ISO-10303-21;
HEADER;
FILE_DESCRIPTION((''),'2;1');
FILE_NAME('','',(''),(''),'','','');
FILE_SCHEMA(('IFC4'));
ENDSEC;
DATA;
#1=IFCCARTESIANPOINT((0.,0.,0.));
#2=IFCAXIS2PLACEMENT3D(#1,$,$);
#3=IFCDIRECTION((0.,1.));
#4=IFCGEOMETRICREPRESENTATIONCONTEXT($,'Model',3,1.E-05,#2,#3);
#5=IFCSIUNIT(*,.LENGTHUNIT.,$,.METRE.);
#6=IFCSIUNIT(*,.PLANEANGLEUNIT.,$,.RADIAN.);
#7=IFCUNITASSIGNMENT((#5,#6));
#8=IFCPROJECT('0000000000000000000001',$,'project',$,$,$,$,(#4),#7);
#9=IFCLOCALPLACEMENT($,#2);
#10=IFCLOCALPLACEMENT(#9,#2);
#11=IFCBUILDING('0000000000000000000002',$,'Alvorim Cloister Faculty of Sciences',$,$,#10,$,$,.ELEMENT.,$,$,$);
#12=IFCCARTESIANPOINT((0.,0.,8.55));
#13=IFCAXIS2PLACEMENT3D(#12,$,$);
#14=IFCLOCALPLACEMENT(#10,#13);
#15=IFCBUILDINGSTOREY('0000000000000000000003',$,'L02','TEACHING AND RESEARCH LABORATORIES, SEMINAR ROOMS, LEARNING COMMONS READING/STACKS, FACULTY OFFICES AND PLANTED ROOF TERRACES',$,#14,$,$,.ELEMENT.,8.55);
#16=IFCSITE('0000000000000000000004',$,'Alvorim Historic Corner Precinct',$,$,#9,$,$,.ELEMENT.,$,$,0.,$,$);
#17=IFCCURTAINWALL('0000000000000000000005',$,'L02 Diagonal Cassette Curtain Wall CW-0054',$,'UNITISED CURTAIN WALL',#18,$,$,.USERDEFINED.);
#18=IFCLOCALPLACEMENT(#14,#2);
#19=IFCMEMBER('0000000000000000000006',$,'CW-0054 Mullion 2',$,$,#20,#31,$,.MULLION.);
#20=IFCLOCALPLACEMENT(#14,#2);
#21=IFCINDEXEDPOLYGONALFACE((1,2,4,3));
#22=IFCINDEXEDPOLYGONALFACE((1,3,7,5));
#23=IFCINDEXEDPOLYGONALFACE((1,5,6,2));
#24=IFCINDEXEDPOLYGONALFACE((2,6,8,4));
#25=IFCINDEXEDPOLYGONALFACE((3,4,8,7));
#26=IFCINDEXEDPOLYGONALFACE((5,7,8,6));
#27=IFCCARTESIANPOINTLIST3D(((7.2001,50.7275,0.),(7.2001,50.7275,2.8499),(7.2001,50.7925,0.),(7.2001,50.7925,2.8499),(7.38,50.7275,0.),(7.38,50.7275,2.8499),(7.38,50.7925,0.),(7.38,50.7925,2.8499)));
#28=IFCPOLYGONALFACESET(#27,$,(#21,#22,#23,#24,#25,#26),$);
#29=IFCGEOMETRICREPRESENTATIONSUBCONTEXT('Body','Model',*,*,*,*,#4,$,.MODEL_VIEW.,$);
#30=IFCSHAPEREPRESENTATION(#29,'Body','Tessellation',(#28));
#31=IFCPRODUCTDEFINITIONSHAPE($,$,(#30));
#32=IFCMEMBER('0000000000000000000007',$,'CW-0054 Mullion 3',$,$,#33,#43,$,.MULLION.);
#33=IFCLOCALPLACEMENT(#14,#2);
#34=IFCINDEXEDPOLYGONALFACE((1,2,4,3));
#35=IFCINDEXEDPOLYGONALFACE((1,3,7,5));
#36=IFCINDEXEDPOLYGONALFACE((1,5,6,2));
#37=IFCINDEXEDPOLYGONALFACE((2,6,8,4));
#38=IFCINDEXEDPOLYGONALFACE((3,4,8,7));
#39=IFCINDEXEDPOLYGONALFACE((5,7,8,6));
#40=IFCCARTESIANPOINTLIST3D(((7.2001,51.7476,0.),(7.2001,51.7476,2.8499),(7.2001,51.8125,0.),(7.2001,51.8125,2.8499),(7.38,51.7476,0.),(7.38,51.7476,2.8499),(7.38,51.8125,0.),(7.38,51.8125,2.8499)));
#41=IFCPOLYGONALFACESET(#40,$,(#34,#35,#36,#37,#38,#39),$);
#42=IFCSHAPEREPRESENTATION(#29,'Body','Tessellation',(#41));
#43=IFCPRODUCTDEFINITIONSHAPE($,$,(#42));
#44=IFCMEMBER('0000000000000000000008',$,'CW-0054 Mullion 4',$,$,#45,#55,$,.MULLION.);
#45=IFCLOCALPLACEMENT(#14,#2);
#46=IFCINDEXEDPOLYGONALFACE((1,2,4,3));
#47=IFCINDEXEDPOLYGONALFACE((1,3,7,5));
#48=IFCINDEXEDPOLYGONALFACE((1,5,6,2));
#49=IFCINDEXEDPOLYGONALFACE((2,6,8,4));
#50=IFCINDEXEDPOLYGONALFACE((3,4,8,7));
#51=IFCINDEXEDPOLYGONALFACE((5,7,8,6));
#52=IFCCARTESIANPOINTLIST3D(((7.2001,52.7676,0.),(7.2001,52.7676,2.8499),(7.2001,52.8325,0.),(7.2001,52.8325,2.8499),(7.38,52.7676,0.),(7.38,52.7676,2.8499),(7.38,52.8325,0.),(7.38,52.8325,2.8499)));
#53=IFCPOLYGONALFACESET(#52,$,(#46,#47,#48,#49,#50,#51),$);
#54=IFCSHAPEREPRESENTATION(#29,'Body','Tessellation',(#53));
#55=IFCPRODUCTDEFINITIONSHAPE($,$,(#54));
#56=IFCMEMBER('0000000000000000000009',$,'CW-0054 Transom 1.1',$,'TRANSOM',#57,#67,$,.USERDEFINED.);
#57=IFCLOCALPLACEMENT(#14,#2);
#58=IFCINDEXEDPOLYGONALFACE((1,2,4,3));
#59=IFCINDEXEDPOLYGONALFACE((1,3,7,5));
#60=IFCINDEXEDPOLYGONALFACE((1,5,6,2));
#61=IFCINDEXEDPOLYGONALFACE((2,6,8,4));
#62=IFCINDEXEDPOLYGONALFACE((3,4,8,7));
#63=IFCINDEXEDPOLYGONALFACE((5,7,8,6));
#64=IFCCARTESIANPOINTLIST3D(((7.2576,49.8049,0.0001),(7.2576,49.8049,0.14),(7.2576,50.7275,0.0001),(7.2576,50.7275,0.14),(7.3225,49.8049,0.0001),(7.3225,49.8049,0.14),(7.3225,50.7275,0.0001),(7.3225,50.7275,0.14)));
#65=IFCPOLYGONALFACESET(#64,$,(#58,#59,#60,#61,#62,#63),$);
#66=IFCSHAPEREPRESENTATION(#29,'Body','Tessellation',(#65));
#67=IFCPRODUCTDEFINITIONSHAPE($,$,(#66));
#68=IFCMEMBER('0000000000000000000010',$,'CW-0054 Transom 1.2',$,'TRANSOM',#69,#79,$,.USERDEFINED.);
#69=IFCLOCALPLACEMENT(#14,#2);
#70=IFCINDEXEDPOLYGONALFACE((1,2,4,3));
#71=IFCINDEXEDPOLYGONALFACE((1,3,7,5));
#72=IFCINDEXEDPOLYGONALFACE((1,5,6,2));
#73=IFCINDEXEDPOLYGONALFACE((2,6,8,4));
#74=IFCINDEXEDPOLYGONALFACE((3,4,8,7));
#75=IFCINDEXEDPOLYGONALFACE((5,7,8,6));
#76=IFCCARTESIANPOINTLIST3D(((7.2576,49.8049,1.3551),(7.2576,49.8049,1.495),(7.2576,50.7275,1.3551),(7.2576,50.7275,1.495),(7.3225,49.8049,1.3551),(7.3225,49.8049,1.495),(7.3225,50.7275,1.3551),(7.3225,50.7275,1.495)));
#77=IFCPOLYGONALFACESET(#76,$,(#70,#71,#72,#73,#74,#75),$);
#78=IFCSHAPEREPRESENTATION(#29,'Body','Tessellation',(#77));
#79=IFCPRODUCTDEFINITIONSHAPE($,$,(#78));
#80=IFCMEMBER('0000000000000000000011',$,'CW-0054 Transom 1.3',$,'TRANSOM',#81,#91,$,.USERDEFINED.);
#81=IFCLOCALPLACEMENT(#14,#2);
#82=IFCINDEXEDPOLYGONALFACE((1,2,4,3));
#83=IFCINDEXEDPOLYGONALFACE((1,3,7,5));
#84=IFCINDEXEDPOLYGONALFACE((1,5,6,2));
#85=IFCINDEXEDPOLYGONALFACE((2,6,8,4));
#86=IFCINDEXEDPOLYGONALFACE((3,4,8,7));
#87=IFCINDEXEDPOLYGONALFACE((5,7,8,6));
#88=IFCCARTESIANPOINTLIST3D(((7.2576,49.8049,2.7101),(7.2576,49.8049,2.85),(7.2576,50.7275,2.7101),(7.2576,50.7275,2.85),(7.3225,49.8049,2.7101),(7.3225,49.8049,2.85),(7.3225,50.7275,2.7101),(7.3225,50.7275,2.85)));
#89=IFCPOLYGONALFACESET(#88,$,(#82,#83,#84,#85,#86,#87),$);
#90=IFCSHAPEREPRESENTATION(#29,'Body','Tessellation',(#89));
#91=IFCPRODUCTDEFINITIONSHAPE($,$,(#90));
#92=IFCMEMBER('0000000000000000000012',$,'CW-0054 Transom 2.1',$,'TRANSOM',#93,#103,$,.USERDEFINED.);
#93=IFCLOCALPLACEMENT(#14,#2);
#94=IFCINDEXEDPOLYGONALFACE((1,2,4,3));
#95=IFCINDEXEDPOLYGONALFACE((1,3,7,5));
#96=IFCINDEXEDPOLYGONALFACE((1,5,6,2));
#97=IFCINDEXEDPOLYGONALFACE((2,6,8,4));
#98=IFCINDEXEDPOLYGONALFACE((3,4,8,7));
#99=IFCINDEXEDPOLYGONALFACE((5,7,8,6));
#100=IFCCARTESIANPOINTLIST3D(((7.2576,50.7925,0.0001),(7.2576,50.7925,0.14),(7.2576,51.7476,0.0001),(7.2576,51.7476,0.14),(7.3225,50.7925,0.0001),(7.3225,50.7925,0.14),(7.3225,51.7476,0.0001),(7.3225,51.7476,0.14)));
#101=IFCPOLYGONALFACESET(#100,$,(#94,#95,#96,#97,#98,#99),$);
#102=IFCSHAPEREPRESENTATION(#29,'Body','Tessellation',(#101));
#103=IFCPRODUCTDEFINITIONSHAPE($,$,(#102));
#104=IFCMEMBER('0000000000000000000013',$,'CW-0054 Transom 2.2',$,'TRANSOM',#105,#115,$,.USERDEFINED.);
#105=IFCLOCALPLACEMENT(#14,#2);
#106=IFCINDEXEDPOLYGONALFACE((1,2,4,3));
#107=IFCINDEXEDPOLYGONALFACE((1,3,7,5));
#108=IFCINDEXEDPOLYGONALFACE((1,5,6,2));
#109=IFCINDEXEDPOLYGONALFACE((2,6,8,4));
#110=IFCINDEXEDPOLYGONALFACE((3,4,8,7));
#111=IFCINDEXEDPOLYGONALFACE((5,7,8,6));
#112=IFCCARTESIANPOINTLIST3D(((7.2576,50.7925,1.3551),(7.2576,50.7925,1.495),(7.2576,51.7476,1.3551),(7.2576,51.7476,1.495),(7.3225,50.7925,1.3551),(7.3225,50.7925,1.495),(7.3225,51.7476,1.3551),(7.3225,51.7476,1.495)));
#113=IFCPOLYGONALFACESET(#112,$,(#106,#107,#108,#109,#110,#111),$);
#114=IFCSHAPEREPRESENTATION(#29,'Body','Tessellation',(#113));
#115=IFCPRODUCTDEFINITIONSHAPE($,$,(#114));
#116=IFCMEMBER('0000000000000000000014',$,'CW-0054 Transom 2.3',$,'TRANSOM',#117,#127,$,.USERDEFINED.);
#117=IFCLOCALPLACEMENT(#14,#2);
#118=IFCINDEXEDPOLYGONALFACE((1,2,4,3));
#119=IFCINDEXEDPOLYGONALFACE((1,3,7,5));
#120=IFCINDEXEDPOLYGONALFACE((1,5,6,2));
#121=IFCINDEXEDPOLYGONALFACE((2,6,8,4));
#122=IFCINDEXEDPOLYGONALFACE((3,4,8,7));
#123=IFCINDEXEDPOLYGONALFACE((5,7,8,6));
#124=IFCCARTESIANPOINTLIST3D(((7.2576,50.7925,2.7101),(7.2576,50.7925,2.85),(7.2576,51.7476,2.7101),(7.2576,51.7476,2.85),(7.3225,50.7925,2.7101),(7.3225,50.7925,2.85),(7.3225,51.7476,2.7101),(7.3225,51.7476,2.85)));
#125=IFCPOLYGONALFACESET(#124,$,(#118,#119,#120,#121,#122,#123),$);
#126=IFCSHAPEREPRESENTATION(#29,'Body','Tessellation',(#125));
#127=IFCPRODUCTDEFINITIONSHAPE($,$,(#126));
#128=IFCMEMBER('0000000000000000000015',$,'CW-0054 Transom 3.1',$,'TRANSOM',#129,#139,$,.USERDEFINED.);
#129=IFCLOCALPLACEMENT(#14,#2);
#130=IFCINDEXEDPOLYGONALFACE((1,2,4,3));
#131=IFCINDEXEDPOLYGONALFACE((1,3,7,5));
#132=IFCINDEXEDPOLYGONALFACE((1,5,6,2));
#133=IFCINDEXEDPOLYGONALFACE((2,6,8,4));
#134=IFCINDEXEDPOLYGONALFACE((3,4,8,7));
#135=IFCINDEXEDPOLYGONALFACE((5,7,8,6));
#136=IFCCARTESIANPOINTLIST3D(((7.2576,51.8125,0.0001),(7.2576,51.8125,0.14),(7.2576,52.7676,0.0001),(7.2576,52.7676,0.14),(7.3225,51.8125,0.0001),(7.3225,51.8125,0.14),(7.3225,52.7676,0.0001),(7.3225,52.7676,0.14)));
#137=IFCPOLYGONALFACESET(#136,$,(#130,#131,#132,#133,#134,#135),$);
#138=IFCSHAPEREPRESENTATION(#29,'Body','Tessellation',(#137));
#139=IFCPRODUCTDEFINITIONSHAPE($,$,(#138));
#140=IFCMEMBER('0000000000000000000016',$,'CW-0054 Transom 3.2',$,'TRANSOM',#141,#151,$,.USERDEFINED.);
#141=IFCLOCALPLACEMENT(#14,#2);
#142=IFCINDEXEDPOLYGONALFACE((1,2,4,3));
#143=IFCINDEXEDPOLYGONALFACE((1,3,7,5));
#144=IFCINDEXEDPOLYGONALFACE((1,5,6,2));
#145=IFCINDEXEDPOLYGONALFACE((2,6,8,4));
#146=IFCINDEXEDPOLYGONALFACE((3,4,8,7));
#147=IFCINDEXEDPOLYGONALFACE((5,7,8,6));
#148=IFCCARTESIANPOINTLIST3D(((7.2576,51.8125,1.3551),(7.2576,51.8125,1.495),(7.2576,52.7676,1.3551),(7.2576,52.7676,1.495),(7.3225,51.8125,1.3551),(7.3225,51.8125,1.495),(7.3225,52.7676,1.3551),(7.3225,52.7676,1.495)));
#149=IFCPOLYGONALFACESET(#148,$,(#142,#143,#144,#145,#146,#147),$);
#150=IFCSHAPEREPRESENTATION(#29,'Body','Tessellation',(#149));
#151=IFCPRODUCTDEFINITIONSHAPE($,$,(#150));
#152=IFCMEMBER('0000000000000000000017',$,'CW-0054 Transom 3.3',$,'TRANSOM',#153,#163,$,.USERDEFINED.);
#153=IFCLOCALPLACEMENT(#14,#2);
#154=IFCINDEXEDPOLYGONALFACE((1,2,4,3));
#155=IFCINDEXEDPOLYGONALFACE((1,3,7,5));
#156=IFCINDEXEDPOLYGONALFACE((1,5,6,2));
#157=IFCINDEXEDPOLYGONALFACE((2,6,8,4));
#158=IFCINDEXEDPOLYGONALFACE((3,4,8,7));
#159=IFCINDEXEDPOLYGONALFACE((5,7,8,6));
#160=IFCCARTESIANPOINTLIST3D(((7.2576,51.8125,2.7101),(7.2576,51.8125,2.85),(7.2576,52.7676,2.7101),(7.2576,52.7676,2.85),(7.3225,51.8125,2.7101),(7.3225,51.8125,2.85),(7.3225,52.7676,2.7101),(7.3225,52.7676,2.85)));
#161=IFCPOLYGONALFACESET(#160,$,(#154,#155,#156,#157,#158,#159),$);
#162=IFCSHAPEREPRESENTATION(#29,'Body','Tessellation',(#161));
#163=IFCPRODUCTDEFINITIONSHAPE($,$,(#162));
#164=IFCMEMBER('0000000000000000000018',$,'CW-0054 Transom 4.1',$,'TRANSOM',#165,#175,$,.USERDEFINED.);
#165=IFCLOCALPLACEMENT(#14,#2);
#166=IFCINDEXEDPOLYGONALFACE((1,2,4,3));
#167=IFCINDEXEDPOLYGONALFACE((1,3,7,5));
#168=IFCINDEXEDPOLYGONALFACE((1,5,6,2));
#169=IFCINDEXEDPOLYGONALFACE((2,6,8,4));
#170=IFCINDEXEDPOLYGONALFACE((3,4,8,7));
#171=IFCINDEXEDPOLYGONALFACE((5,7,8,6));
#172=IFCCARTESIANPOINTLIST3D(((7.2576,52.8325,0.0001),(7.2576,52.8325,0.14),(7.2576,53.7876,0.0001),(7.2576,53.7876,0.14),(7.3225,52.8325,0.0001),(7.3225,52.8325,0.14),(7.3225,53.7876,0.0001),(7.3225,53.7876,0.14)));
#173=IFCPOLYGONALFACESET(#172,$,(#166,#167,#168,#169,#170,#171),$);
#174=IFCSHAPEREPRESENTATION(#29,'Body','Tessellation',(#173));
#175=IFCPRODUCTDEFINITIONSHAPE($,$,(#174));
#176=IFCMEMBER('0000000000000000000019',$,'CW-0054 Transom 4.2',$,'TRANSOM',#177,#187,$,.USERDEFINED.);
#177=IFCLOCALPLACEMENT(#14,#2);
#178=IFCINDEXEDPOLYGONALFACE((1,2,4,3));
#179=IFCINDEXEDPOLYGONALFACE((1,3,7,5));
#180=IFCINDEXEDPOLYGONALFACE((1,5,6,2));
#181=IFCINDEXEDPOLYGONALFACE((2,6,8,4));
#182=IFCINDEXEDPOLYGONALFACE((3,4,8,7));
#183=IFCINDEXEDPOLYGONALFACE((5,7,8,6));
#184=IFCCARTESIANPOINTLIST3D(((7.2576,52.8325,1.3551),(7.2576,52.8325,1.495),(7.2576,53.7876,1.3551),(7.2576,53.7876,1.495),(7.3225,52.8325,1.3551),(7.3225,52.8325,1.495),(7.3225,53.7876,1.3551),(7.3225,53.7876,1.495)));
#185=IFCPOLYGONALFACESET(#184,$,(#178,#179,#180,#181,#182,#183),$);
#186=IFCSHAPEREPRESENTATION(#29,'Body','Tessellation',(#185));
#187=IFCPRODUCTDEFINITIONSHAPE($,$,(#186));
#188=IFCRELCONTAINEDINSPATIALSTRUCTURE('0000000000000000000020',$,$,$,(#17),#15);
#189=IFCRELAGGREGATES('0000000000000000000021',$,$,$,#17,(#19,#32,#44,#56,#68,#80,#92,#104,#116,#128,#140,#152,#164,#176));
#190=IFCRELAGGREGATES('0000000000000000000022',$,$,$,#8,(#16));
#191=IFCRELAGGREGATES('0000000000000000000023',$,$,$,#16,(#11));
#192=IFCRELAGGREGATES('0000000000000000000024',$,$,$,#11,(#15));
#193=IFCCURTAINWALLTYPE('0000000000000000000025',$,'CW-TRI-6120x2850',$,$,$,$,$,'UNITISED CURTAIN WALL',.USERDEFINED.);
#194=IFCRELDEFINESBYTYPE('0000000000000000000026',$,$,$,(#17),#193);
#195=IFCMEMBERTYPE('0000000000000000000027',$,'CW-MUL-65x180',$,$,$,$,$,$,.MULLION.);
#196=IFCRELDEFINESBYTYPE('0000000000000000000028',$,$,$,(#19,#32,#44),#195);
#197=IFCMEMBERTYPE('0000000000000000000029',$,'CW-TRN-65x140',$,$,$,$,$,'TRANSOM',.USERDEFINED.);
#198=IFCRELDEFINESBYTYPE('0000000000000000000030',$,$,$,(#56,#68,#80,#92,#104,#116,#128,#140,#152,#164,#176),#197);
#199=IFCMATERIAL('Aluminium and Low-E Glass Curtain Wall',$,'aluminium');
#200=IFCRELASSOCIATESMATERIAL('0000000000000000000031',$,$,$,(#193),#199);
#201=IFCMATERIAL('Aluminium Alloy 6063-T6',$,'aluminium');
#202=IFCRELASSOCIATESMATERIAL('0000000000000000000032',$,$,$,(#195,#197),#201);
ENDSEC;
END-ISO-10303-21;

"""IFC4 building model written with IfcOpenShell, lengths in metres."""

from ifc_helpers import new_model, si_unit, direction, frame, origin, origin_2d, place, context, subcontext, project, spatial, rectangle, extrude, material, material_profile, profile_set, type_object, element, aggregate, save


model = new_model("IFC4")

# Units and contexts
model_context = context("Model", 3, precision=1e-05, world=origin(), true_north=direction((0.0, 1.0)))
body_context = subcontext(model_context, "Body", "Model", "MODEL_VIEW")
ifc_project = project(units=[si_unit("LENGTHUNIT", "METRE"), si_unit("PLANEANGLEUNIT", "RADIAN")], contexts=[model_context])

# Site, building, storey
site_placement = place(None, origin())
site = spatial("IfcSite", under=ifc_project, at=site_placement, Name="Alvorim Historic Corner Precinct", CompositionType="ELEMENT", RefElevation=0.0)
building_placement = place(site_placement, origin())
building = spatial("IfcBuilding", under=site, at=building_placement, Name="Alvorim Cloister Faculty of Sciences", CompositionType="ELEMENT")
storey_placement = place(building_placement, frame((0.0, 0.0, 8.55)))
storey = spatial("IfcBuildingStorey", under=building, at=storey_placement, Name="L02", Description="TEACHING AND RESEARCH LABORATORIES, SEMINAR ROOMS, LEARNING COMMONS READING/STACKS, FACULTY OFFICES AND PLANTED ROOF TERRACES", CompositionType="ELEMENT", Elevation=8.55)

# Curtain wall, members
ifc_material_1 = material(Name="Aluminium and Low-E Glass Curtain Wall", Category="aluminium")
curtain_wall_type = type_object("IfcCurtainWallType", Name="CW-TRI-6120x2850", ElementType="UNITISED CURTAIN WALL", PredefinedType="USERDEFINED", material=ifc_material_1)
curtain_wall_placement = place(storey_placement, origin())
curtain_wall = element("IfcCurtainWall", 1, at=curtain_wall_placement, inside=storey, type_object=curtain_wall_type, Name="L02 Diagonal Cassette Curtain Wall CW-0054", ObjectType="UNITISED CURTAIN WALL", PredefinedType="USERDEFINED")
ifc_material_2 = material(Name="Aluminium Alloy 6063-T6", Category="aluminium")
ifc_material_profile_1 = material_profile(ifc_material_2, rectangle(XDim=0.0649, YDim=0.1799, at=origin_2d()), Name="ALU-MUL-65x180")
ifc_profile_set_1 = profile_set([ifc_material_profile_1], Name="Aluminium Alloy 6063-T6")
member_type_1 = type_object("IfcMemberType", Name="CW-MUL-65x180", PredefinedType="MULLION", material=ifc_profile_set_1)
member_1_placement = place(storey_placement, frame((7.29, 50.76, 0.0), z_axis=(0.0, 0.0, 1.0), x_axis=(0.0, 1.0, 0.0)))
member_1 = element("IfcMember", 2, at=member_1_placement, type_object=member_type_1, Name="CW-0054 Mullion 2", PredefinedType="MULLION", context=body_context, shape_type="SweptSolid", body=[
    extrude(rectangle(XDim=0.0649, YDim=0.1799, at=origin_2d()), origin(), (0.0, 0.0, 1.0), 2.8499),
])
member_2_placement = place(storey_placement, frame((7.29, 51.78, 0.0), z_axis=(0.0, 0.0, 1.0), x_axis=(0.0, 1.0, 0.0)))
member_2 = element("IfcMember", 3, at=member_2_placement, type_object=member_type_1, Name="CW-0054 Mullion 3", PredefinedType="MULLION", context=body_context, shape_type="SweptSolid", body=[
    extrude(rectangle(XDim=0.0649, YDim=0.1799, at=origin_2d()), origin(), (0.0, 0.0, 1.0), 2.8499),
])
member_3_placement = place(storey_placement, frame((7.29, 52.8, 0.0), z_axis=(0.0, 0.0, 1.0), x_axis=(0.0, 1.0, 0.0)))
member_3 = element("IfcMember", 4, at=member_3_placement, type_object=member_type_1, Name="CW-0054 Mullion 4", PredefinedType="MULLION", context=body_context, shape_type="SweptSolid", body=[
    extrude(rectangle(XDim=0.0649, YDim=0.1799, at=origin_2d()), origin(), (0.0, 0.0, 1.0), 2.8499),
])
ifc_material_profile_2 = material_profile(ifc_material_2, rectangle(XDim=0.0649, YDim=0.1399, at=origin_2d()), Name="ALU-TRN-65x140")
ifc_profile_set_2 = profile_set([ifc_material_profile_2], Name="Aluminium Alloy 6063-T6")
member_type_2 = type_object("IfcMemberType", Name="CW-TRN-65x140", ElementType="TRANSOM", PredefinedType="USERDEFINED", material=ifc_profile_set_2)
member_4_placement = place(storey_placement, frame((7.29, 49.8049, 0.0701), z_axis=(0.0, 1.0, 0.0), x_axis=(-1.0, 0.0, 0.0)))
member_4 = element("IfcMember", 5, at=member_4_placement, type_object=member_type_2, Name="CW-0054 Transom 1.1", ObjectType="TRANSOM", PredefinedType="USERDEFINED", context=body_context, shape_type="SweptSolid", body=[
    extrude(rectangle(XDim=0.0649, YDim=0.1399, at=origin_2d()), origin(), (0.0, 0.0, 1.0), 0.9226),
])
member_5_placement = place(storey_placement, frame((7.29, 49.8049, 1.425), z_axis=(0.0, 1.0, 0.0), x_axis=(-1.0, 0.0, 0.0)))
member_5 = element("IfcMember", 6, at=member_5_placement, type_object=member_type_2, Name="CW-0054 Transom 1.2", ObjectType="TRANSOM", PredefinedType="USERDEFINED", context=body_context, shape_type="SweptSolid", body=[
    extrude(rectangle(XDim=0.0649, YDim=0.1399, at=origin_2d()), origin(), (0.0, 0.0, 1.0), 0.9226),
])
member_6_placement = place(storey_placement, frame((7.29, 49.8049, 2.78), z_axis=(0.0, 1.0, 0.0), x_axis=(-1.0, 0.0, 0.0)))
member_6 = element("IfcMember", 7, at=member_6_placement, type_object=member_type_2, Name="CW-0054 Transom 1.3", ObjectType="TRANSOM", PredefinedType="USERDEFINED", context=body_context, shape_type="SweptSolid", body=[
    extrude(rectangle(XDim=0.0649, YDim=0.1399, at=origin_2d()), origin(), (0.0, 0.0, 1.0), 0.9226),
])
member_7_placement = place(storey_placement, frame((7.29, 50.7925, 0.0701), z_axis=(0.0, 1.0, 0.0), x_axis=(-1.0, 0.0, 0.0)))
member_7 = element("IfcMember", 8, at=member_7_placement, type_object=member_type_2, Name="CW-0054 Transom 2.1", ObjectType="TRANSOM", PredefinedType="USERDEFINED", context=body_context, shape_type="SweptSolid", body=[
    extrude(rectangle(XDim=0.0649, YDim=0.1399, at=origin_2d()), origin(), (0.0, 0.0, 1.0), 0.9551),
])
member_8_placement = place(storey_placement, frame((7.29, 50.7925, 1.425), z_axis=(0.0, 1.0, 0.0), x_axis=(-1.0, 0.0, 0.0)))
member_8 = element("IfcMember", 9, at=member_8_placement, type_object=member_type_2, Name="CW-0054 Transom 2.2", ObjectType="TRANSOM", PredefinedType="USERDEFINED", context=body_context, shape_type="SweptSolid", body=[
    extrude(rectangle(XDim=0.0649, YDim=0.1399, at=origin_2d()), origin(), (0.0, 0.0, 1.0), 0.9551),
])
member_9_placement = place(storey_placement, frame((7.29, 50.7925, 2.78), z_axis=(0.0, 1.0, 0.0), x_axis=(-1.0, 0.0, 0.0)))
member_9 = element("IfcMember", 10, at=member_9_placement, type_object=member_type_2, Name="CW-0054 Transom 2.3", ObjectType="TRANSOM", PredefinedType="USERDEFINED", context=body_context, shape_type="SweptSolid", body=[
    extrude(rectangle(XDim=0.0649, YDim=0.1399, at=origin_2d()), origin(), (0.0, 0.0, 1.0), 0.9551),
])
member_10_placement = place(storey_placement, frame((7.29, 51.8125, 0.0701), z_axis=(0.0, 1.0, 0.0), x_axis=(-1.0, 0.0, 0.0)))
member_10 = element("IfcMember", 11, at=member_10_placement, type_object=member_type_2, Name="CW-0054 Transom 3.1", ObjectType="TRANSOM", PredefinedType="USERDEFINED", context=body_context, shape_type="SweptSolid", body=[
    extrude(rectangle(XDim=0.0649, YDim=0.1399, at=origin_2d()), origin(), (0.0, 0.0, 1.0), 0.9551),
])
member_11_placement = place(storey_placement, frame((7.29, 51.8125, 1.425), z_axis=(0.0, 1.0, 0.0), x_axis=(-1.0, 0.0, 0.0)))
member_11 = element("IfcMember", 12, at=member_11_placement, type_object=member_type_2, Name="CW-0054 Transom 3.2", ObjectType="TRANSOM", PredefinedType="USERDEFINED", context=body_context, shape_type="SweptSolid", body=[
    extrude(rectangle(XDim=0.0649, YDim=0.1399, at=origin_2d()), origin(), (0.0, 0.0, 1.0), 0.9551),
])
member_12_placement = place(storey_placement, frame((7.29, 51.8125, 2.78), z_axis=(0.0, 1.0, 0.0), x_axis=(-1.0, 0.0, 0.0)))
member_12 = element("IfcMember", 13, at=member_12_placement, type_object=member_type_2, Name="CW-0054 Transom 3.3", ObjectType="TRANSOM", PredefinedType="USERDEFINED", context=body_context, shape_type="SweptSolid", body=[
    extrude(rectangle(XDim=0.0649, YDim=0.1399, at=origin_2d()), origin(), (0.0, 0.0, 1.0), 0.9551),
])
member_13_placement = place(storey_placement, frame((7.29, 52.8325, 0.0701), z_axis=(0.0, 1.0, 0.0), x_axis=(-1.0, 0.0, 0.0)))
member_13 = element("IfcMember", 14, at=member_13_placement, type_object=member_type_2, Name="CW-0054 Transom 4.1", ObjectType="TRANSOM", PredefinedType="USERDEFINED", context=body_context, shape_type="SweptSolid", body=[
    extrude(rectangle(XDim=0.0649, YDim=0.1399, at=origin_2d()), origin(), (0.0, 0.0, 1.0), 0.9551),
])
member_14_placement = place(storey_placement, frame((7.29, 52.8325, 1.425), z_axis=(0.0, 1.0, 0.0), x_axis=(-1.0, 0.0, 0.0)))
member_14 = element("IfcMember", 15, at=member_14_placement, type_object=member_type_2, Name="CW-0054 Transom 4.2", ObjectType="TRANSOM", PredefinedType="USERDEFINED", context=body_context, shape_type="SweptSolid", body=[
    extrude(rectangle(XDim=0.0649, YDim=0.1399, at=origin_2d()), origin(), (0.0, 0.0, 1.0), 0.9551),
])
aggregate(curtain_wall, [member_1, member_2, member_3, member_4, member_5, member_6, member_7, member_8, member_9, member_10, member_11, member_12, member_13, member_14])

save(model, "model.ifc")
